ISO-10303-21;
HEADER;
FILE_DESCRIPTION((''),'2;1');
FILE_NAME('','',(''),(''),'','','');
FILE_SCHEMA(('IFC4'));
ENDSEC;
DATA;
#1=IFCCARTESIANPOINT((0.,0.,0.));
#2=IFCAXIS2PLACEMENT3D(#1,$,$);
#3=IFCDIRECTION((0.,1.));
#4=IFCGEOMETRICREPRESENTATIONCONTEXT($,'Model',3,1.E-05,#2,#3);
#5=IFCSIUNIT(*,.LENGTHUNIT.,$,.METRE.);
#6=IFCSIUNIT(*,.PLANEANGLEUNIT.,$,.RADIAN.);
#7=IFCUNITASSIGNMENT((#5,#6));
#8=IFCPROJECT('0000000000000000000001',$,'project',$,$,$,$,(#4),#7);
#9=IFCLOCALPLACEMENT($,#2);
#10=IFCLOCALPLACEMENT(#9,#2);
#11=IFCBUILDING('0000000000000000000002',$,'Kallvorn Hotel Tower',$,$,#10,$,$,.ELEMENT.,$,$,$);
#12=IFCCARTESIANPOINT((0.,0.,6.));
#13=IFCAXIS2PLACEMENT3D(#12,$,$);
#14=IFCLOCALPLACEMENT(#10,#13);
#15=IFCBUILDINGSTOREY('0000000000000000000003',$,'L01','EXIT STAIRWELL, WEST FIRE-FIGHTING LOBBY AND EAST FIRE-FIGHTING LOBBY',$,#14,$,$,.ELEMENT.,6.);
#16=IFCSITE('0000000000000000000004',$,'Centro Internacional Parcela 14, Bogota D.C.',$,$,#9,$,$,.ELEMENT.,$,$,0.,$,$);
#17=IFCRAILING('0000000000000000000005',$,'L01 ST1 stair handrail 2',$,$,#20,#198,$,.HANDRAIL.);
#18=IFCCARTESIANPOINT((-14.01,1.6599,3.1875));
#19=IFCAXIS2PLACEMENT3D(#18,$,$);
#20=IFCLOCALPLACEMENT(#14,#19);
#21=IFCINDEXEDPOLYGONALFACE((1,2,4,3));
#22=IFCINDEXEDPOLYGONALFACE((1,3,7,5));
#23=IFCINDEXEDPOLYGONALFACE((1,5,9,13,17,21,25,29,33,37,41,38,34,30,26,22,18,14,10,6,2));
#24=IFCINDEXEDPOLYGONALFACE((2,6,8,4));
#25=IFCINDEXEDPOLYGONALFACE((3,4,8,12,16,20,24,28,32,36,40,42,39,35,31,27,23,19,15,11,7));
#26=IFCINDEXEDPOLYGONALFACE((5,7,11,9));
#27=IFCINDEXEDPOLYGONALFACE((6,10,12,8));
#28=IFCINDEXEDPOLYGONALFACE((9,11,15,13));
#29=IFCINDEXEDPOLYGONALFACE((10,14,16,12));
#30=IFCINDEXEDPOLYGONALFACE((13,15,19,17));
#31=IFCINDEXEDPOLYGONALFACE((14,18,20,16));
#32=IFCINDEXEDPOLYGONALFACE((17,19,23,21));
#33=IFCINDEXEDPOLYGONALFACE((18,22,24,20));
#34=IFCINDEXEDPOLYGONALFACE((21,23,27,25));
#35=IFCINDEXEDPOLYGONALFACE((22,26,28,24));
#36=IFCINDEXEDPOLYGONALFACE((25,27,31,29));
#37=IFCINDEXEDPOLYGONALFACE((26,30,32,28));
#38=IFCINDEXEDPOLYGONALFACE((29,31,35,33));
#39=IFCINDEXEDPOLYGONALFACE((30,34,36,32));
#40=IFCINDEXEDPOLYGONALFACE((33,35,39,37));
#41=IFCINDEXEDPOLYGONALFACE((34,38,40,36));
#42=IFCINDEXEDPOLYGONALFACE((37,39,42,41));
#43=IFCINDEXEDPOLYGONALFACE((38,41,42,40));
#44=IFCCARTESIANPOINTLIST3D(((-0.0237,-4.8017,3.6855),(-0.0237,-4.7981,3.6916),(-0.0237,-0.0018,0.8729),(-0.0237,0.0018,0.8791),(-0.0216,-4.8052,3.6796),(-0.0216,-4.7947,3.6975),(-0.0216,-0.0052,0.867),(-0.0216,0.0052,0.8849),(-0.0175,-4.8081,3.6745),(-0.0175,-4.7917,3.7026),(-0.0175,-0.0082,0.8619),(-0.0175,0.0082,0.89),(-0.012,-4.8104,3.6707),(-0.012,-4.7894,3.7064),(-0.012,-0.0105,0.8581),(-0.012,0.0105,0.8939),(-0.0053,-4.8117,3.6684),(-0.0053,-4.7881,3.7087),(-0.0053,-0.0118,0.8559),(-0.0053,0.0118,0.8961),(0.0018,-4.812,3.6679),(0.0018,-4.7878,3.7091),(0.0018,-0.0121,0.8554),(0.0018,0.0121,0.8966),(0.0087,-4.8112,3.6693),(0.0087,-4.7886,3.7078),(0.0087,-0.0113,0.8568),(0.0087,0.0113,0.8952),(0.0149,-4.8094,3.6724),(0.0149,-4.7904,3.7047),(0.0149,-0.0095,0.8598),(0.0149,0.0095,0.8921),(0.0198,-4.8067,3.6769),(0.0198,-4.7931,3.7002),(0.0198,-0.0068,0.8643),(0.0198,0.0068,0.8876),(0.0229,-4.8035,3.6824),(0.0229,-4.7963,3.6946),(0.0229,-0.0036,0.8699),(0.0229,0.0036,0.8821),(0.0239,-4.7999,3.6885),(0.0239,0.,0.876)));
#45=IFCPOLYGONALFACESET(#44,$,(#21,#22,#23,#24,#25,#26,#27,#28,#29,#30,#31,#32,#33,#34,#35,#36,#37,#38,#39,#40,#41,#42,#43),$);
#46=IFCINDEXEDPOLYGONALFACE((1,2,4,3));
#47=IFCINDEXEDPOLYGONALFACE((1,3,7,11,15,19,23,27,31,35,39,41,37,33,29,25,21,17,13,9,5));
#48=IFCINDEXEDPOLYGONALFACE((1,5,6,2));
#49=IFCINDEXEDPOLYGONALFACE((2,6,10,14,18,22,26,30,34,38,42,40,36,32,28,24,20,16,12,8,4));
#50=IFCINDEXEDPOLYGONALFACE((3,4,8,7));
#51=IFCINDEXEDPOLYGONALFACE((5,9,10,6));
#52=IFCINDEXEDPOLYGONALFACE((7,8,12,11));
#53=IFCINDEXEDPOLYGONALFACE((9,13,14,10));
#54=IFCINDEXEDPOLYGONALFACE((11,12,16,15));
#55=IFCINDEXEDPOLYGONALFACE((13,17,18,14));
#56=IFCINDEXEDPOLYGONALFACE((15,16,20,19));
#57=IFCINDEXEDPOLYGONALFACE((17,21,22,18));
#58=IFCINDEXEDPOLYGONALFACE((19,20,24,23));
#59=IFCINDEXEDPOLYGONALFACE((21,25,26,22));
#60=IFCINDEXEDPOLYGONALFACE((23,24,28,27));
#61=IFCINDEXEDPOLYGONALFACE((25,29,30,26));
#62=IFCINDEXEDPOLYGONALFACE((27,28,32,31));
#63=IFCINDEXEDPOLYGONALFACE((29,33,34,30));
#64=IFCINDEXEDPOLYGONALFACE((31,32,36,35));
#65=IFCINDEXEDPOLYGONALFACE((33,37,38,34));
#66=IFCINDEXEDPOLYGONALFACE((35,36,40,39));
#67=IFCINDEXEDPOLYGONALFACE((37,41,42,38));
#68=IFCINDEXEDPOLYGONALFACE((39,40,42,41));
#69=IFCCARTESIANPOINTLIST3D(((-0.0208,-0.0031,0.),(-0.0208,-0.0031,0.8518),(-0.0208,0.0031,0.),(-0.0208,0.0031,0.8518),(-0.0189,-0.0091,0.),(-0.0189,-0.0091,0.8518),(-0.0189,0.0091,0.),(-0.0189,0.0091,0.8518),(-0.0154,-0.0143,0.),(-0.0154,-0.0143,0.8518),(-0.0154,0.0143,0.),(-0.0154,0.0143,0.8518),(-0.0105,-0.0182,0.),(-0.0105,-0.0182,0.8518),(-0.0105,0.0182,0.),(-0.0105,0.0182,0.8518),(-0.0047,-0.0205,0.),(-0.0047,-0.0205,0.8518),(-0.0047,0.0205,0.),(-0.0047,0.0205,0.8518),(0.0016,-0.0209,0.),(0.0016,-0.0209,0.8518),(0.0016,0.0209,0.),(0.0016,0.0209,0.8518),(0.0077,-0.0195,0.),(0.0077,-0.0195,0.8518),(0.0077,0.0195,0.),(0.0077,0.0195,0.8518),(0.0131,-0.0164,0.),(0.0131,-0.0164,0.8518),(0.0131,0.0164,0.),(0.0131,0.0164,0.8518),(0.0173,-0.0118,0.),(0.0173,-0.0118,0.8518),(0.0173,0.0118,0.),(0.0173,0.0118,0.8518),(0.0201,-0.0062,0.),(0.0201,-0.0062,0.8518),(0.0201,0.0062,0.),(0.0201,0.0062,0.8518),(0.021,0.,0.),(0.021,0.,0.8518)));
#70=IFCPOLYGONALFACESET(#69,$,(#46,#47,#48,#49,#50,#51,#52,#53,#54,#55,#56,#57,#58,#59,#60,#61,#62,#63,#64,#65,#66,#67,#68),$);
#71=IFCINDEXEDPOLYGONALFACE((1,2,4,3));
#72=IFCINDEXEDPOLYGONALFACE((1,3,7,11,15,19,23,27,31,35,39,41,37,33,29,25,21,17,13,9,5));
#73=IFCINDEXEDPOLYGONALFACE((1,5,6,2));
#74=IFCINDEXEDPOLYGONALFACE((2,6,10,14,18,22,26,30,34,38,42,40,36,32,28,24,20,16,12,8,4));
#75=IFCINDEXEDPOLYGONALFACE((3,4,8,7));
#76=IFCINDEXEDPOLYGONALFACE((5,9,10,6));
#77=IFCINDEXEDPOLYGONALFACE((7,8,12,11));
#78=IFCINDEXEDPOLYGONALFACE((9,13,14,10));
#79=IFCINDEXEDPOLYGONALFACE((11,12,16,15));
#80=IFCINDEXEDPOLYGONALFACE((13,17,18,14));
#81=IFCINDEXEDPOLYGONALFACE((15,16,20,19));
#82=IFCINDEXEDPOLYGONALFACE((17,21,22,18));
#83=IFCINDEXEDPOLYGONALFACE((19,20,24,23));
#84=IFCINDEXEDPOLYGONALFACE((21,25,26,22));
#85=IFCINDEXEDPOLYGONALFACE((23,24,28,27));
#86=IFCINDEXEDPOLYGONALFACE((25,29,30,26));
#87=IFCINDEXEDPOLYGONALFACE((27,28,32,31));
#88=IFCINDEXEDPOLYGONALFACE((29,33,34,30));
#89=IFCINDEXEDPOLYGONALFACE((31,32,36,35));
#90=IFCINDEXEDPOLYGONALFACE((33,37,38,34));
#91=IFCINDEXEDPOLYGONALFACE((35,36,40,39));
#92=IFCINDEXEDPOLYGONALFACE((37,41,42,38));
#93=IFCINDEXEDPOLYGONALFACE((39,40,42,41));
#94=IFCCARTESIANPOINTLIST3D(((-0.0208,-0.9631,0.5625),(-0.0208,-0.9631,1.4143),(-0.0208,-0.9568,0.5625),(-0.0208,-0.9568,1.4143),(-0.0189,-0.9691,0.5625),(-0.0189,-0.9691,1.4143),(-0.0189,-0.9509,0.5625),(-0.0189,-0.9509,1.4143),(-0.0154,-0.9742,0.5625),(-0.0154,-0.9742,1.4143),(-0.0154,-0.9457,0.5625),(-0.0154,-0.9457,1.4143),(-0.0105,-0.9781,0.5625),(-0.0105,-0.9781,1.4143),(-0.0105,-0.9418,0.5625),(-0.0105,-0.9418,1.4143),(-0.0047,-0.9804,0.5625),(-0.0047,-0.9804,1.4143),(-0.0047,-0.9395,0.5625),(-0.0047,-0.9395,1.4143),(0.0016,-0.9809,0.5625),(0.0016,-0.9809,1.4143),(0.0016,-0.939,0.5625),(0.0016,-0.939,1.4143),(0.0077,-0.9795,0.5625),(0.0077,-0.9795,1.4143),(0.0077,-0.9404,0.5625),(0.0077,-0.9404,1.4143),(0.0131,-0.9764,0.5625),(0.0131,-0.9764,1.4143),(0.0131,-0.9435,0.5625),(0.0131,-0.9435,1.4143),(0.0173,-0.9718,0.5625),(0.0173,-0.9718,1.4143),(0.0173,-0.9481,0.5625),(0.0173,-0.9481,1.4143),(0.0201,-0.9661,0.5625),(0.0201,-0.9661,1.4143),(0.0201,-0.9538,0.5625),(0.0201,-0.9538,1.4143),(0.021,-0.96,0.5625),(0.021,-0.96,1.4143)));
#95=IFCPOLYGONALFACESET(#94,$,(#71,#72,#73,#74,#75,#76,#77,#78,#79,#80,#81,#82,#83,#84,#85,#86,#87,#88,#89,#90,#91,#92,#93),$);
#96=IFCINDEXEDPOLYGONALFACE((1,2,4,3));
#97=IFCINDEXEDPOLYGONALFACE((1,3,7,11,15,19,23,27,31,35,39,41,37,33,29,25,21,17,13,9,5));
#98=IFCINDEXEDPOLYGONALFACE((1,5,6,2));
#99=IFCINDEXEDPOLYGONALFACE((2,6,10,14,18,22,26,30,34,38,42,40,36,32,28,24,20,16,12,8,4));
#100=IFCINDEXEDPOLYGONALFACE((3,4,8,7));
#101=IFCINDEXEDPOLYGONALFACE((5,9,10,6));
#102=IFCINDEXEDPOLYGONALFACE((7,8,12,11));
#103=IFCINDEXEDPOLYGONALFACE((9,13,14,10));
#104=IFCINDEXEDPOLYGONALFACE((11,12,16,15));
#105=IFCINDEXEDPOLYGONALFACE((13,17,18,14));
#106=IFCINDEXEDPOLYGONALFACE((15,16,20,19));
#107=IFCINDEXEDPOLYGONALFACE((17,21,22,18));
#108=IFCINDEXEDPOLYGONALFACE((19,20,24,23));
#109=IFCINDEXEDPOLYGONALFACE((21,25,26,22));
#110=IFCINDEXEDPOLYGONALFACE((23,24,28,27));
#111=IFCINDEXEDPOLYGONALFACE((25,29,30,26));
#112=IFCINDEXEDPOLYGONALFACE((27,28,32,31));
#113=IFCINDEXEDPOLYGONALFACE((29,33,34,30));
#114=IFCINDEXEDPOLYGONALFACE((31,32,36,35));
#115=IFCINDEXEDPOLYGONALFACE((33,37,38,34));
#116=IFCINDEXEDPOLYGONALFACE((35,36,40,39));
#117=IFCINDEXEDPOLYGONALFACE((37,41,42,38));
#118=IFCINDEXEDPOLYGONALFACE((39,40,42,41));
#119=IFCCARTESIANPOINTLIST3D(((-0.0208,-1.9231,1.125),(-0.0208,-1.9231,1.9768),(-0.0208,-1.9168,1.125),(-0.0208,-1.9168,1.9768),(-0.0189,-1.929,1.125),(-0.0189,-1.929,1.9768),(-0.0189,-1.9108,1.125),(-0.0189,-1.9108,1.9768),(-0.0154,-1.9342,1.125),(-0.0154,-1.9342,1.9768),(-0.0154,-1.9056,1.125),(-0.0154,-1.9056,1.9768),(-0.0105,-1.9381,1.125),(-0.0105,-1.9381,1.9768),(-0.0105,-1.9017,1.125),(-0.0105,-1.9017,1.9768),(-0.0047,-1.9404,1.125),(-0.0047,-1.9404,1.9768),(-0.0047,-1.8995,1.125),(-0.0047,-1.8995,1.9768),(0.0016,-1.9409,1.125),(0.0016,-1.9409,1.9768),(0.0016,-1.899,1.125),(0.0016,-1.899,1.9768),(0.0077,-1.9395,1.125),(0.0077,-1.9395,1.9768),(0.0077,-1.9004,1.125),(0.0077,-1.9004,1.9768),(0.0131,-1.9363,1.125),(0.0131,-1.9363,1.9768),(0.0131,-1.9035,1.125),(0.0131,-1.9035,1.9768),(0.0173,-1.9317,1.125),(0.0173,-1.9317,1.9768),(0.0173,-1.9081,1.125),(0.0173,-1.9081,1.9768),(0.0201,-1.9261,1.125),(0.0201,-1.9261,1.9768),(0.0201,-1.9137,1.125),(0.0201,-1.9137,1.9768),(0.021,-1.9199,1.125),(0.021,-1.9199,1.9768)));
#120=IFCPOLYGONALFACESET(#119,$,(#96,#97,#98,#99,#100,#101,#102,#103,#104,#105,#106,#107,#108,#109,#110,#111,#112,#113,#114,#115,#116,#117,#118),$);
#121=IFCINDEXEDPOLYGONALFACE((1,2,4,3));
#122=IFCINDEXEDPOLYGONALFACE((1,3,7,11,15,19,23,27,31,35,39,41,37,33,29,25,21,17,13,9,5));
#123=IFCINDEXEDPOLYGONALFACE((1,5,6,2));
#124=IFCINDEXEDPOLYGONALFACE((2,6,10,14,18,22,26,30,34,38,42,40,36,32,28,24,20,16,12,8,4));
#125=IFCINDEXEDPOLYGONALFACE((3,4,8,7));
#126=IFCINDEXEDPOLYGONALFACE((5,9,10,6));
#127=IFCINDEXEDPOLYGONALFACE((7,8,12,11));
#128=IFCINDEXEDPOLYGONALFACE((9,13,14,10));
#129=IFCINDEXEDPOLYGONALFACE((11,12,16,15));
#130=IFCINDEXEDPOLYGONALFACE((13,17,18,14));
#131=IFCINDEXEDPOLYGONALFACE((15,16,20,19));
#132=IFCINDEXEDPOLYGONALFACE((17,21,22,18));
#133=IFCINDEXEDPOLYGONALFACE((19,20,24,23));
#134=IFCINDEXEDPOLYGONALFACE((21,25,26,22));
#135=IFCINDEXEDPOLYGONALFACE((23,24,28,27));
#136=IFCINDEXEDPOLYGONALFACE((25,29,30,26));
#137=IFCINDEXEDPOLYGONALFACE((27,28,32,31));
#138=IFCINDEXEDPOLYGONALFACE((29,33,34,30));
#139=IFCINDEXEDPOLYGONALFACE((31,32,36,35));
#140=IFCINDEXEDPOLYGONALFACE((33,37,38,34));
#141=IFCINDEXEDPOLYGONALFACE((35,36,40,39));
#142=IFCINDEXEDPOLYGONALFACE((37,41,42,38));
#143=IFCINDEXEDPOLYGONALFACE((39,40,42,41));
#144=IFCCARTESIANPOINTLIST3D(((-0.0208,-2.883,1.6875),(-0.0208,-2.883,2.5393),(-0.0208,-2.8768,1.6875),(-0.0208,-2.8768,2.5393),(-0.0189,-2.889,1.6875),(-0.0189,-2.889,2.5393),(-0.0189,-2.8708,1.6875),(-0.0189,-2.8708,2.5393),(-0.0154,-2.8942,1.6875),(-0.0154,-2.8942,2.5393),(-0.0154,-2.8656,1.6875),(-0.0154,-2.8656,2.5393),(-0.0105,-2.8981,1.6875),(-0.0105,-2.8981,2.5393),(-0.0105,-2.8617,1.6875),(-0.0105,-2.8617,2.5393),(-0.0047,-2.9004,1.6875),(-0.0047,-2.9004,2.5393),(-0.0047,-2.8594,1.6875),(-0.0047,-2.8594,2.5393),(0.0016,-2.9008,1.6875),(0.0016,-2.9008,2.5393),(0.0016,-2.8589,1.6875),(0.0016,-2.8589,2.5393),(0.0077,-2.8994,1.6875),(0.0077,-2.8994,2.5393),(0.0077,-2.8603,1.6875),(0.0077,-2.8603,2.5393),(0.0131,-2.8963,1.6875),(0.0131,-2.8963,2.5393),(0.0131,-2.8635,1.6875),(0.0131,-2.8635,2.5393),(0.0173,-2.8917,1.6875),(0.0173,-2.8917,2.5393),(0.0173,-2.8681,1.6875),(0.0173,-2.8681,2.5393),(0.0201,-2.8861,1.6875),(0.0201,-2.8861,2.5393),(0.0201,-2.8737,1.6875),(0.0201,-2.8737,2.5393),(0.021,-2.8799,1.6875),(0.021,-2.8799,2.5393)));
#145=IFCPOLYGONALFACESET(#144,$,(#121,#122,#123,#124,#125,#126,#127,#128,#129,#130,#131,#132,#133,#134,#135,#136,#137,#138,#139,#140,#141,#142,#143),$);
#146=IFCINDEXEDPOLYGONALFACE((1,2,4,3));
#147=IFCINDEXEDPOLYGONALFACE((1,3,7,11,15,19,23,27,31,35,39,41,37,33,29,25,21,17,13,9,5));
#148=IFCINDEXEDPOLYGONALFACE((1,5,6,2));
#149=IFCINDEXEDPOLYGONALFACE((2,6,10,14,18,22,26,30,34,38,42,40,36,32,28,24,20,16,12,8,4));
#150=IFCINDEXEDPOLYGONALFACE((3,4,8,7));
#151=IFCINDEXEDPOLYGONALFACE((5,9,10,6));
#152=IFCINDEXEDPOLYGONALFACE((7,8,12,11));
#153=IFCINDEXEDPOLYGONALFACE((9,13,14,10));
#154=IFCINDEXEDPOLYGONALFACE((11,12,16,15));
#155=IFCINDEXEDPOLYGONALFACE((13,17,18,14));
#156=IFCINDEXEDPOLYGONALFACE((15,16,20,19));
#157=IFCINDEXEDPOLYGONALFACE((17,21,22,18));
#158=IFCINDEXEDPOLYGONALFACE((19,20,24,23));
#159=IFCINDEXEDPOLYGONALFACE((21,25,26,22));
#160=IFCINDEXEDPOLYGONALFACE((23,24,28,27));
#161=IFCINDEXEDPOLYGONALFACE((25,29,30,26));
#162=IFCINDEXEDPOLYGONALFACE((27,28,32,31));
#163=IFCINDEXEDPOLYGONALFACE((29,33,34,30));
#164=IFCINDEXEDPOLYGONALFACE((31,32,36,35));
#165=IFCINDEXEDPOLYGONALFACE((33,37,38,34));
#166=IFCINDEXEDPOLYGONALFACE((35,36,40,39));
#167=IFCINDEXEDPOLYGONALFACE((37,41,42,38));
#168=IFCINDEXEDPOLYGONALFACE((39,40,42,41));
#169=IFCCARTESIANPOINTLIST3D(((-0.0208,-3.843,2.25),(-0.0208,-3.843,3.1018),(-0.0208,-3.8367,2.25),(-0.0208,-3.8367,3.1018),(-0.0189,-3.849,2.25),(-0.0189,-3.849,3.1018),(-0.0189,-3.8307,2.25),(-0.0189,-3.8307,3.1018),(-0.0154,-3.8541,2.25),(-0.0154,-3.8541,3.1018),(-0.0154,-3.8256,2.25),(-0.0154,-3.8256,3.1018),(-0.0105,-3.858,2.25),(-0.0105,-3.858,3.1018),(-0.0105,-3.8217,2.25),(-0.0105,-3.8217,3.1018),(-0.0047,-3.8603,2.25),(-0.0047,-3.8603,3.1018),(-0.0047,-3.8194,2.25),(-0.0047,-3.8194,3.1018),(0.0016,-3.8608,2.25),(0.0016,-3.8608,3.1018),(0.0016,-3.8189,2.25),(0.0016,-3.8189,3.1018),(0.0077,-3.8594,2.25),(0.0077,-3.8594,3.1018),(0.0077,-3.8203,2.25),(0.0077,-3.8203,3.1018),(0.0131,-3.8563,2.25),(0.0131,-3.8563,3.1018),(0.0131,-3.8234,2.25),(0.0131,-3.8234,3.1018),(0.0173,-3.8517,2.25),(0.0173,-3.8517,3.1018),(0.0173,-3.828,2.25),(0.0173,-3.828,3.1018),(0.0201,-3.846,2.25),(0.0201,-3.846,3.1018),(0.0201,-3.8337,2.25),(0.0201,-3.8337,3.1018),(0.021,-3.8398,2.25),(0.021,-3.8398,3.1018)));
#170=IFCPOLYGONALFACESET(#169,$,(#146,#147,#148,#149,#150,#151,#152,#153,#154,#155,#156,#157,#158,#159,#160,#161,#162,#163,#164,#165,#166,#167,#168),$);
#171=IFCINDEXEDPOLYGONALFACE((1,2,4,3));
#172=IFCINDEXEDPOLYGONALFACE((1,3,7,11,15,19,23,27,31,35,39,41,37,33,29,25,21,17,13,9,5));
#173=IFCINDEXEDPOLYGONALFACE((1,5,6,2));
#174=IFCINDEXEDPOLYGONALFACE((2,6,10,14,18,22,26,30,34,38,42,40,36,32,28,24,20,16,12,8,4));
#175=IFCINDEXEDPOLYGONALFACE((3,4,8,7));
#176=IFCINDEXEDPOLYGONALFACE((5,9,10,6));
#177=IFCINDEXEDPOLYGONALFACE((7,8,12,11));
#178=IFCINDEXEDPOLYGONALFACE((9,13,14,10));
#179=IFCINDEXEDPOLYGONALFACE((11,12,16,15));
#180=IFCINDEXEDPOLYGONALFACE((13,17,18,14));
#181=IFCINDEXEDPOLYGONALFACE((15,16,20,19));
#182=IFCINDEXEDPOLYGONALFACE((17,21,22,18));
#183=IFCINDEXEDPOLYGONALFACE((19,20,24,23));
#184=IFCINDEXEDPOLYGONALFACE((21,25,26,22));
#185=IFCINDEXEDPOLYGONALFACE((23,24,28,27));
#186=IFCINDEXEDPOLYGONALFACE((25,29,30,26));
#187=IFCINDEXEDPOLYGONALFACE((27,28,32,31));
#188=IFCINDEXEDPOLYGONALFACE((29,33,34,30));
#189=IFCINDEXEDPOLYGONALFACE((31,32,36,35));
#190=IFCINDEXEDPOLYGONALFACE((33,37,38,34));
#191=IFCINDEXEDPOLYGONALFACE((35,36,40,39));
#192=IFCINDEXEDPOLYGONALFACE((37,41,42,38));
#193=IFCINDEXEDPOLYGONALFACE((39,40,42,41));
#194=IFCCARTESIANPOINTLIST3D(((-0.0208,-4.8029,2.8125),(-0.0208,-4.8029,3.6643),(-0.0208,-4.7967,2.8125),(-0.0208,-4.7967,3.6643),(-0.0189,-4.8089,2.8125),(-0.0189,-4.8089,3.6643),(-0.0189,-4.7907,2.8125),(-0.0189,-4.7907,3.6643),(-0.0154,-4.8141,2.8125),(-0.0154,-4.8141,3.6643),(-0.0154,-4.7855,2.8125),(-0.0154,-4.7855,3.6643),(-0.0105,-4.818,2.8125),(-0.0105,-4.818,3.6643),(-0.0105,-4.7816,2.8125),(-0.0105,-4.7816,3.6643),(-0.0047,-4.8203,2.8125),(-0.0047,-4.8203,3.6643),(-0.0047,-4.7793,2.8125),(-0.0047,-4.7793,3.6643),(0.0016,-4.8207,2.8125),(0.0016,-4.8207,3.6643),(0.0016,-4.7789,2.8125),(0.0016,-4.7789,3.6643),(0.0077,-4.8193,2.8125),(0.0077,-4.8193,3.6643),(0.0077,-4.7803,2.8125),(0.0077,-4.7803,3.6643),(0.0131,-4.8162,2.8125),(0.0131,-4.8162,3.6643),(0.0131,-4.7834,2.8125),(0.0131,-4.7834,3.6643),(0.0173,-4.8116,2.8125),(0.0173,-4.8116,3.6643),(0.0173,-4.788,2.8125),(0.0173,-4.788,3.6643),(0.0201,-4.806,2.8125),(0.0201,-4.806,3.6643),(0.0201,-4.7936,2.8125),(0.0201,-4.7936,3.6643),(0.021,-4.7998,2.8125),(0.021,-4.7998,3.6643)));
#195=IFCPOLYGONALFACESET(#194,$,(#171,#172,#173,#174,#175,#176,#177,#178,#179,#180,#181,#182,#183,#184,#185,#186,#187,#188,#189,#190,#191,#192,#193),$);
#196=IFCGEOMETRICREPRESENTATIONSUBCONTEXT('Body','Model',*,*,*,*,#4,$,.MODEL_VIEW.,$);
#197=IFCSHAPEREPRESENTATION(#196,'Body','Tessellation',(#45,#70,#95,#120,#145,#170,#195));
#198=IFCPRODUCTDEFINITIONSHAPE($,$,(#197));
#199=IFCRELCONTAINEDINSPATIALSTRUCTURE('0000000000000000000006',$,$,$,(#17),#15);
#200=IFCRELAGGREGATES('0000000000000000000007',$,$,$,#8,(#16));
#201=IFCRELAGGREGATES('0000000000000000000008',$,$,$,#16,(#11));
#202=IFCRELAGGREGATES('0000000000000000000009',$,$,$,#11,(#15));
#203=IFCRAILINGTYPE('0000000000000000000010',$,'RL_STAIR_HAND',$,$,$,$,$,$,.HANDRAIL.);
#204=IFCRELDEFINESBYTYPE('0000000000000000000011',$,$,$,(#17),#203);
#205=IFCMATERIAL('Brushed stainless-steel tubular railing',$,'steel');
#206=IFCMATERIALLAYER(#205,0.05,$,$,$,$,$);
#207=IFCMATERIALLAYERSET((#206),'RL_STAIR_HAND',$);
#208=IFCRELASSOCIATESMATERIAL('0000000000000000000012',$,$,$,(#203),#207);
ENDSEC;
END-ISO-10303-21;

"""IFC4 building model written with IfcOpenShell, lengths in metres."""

from ifc_helpers import new_model, si_unit, direction, frame, origin, origin_2d, place, context, subcontext, project, spatial, circle, extrude, material, layer, layer_set, type_object, element, save


model = new_model("IFC4")

# Units and contexts
model_context = context("Model", 3, precision=1e-05, world=origin(), true_north=direction((0.0, 1.0)))
body_context = subcontext(model_context, "Body", "Model", "MODEL_VIEW")
ifc_project = project(units=[si_unit("LENGTHUNIT", "METRE"), si_unit("PLANEANGLEUNIT", "RADIAN")], contexts=[model_context])

# Site, building, storey
site_placement = place(None, origin())
site = spatial("IfcSite", under=ifc_project, at=site_placement, Name="Centro Internacional Parcela 14, Bogota D.C.", CompositionType="ELEMENT", RefElevation=0.0)
building_placement = place(site_placement, origin())
building = spatial("IfcBuilding", under=site, at=building_placement, Name="Kallvorn Hotel Tower", CompositionType="ELEMENT")
storey_placement = place(building_placement, frame((0.0, 0.0, 6.0)))
storey = spatial("IfcBuildingStorey", under=building, at=storey_placement, Name="L01", Description="EXIT STAIRWELL, WEST FIRE-FIGHTING LOBBY AND EAST FIRE-FIGHTING LOBBY", CompositionType="ELEMENT", Elevation=6.0)

# Railing
ifc_material_1 = material(Name="Brushed stainless-steel tubular railing", Category="steel")
ifc_layer_1 = layer(ifc_material_1, 0.05)
ifc_layer_set_1 = layer_set([ifc_layer_1], Name="RL_STAIR_HAND")
railing_type_1 = type_object("IfcRailingType", Name="RL_STAIR_HAND", PredefinedType="HANDRAIL", material=ifc_layer_set_1)
railing_1_placement = place(storey_placement, frame((-14.01, 1.6599, 3.1875)))
element("IfcRailing", 1, at=railing_1_placement, inside=storey, type_object=railing_type_1, Name="L01 ST1 stair handrail 2", PredefinedType="HANDRAIL", context=body_context, shape_type="SweptSolid", body=[
    extrude(circle(Radius=0.0239, at=origin_2d()), frame((0.0, 0.0, 0.876), z_axis=(0.0, -0.86279, 0.505562), x_axis=(1.0, 0.0, 0.0)), (0.0, 0.0, 1.0), 5.5632),
    extrude(circle(Radius=0.021, at=origin_2d()), origin(), (0.0, 0.0, 1.0), 0.8518),
    extrude(circle(Radius=0.021, at=origin_2d()), frame((0.0, -0.96, 0.5625)), (0.0, 0.0, 1.0), 0.8518),
    extrude(circle(Radius=0.021, at=origin_2d()), frame((0.0, -1.9199, 1.125)), (0.0, 0.0, 1.0), 0.8518),
    extrude(circle(Radius=0.021, at=origin_2d()), frame((0.0, -2.8799, 1.6875)), (0.0, 0.0, 1.0), 0.8518),
    extrude(circle(Radius=0.021, at=origin_2d()), frame((0.0, -3.8398, 2.25)), (0.0, 0.0, 1.0), 0.8518),
    extrude(circle(Radius=0.021, at=origin_2d()), frame((0.0, -4.7998, 2.8125)), (0.0, 0.0, 1.0), 0.8518),
])

save(model, "model.ifc")
